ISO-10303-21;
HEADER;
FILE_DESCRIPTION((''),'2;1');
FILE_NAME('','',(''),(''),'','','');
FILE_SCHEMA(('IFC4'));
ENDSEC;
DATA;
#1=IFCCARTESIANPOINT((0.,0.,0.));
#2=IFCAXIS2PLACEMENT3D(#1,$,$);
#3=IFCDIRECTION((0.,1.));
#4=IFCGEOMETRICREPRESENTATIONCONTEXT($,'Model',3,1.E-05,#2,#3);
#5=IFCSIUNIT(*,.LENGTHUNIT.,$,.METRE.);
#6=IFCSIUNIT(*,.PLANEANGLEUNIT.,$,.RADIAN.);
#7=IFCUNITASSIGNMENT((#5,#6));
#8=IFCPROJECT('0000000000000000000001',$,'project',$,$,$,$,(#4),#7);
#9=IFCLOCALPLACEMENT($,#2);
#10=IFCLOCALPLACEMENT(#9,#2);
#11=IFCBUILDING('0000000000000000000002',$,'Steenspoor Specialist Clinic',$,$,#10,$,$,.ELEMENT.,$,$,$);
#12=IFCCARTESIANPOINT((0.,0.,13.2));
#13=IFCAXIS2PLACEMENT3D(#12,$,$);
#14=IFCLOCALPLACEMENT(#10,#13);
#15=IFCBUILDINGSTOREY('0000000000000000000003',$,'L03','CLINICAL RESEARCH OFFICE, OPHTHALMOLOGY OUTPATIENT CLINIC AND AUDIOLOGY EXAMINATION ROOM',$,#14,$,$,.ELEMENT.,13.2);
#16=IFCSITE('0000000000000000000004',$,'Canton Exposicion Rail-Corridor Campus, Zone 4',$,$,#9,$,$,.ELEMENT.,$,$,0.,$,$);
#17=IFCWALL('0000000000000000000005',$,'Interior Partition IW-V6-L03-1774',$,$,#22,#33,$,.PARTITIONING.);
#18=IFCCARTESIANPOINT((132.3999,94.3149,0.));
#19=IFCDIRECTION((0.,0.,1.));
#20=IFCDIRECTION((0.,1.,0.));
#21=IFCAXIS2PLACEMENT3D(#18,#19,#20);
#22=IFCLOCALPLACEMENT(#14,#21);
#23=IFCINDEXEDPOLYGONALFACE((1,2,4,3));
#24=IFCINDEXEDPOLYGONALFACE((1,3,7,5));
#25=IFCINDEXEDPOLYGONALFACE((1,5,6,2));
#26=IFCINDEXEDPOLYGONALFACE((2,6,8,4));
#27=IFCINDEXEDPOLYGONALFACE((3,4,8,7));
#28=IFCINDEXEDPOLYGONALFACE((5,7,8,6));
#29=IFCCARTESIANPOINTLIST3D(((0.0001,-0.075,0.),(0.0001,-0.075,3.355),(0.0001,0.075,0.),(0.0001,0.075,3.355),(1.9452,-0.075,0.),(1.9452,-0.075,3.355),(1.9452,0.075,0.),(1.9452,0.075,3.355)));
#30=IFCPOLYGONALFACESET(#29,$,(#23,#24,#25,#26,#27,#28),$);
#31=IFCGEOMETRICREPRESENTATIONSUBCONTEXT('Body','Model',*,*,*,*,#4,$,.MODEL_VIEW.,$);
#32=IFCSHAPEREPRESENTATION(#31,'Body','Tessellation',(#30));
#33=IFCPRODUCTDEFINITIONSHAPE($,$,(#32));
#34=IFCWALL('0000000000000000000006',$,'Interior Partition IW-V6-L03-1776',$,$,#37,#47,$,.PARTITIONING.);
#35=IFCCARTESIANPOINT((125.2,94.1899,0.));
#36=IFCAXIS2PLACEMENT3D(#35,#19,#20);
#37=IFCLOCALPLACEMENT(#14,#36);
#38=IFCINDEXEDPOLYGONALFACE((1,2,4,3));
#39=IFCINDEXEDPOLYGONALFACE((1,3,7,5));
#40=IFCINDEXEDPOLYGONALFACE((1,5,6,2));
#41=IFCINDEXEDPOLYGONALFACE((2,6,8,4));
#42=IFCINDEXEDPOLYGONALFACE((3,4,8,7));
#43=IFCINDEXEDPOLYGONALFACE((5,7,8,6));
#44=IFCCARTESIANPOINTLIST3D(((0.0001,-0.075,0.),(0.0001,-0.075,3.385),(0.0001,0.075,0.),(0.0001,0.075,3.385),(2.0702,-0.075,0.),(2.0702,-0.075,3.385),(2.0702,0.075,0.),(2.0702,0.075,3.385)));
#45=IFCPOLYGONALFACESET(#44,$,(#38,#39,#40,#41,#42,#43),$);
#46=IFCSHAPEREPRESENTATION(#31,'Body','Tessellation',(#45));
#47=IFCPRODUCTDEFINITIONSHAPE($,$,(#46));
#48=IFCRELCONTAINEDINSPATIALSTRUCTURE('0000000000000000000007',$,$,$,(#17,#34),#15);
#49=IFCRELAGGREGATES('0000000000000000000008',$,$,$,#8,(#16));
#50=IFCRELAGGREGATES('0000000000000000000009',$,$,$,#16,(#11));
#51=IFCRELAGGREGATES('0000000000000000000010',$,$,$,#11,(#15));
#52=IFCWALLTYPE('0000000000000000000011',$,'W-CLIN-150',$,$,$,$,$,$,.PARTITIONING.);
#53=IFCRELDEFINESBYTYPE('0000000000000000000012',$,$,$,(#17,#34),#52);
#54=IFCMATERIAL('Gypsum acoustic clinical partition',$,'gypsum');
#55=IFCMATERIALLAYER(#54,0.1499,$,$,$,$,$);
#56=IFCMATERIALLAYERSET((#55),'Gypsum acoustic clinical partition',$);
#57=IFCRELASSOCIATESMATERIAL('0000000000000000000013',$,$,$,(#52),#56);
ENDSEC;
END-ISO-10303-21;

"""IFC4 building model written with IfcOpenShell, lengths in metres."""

from ifc_helpers import new_model, si_unit, direction, frame, frame_2d, origin, place, context, subcontext, project, spatial, rectangle, extrude, material, layer, layer_set, type_object, element, save


model = new_model("IFC4")

# Units and contexts
model_context = context("Model", 3, precision=1e-05, world=origin(), true_north=direction((0.0, 1.0)))
body_context = subcontext(model_context, "Body", "Model", "MODEL_VIEW")
ifc_project = project(units=[si_unit("LENGTHUNIT", "METRE"), si_unit("PLANEANGLEUNIT", "RADIAN")], contexts=[model_context])

# Site, building, storey
site_placement = place(None, origin())
site = spatial("IfcSite", under=ifc_project, at=site_placement, Name="Canton Exposicion Rail-Corridor Campus, Zone 4", CompositionType="ELEMENT", RefElevation=0.0)
building_placement = place(site_placement, origin())
building = spatial("IfcBuilding", under=site, at=building_placement, Name="Steenspoor Specialist Clinic", CompositionType="ELEMENT")
storey_placement = place(building_placement, frame((0.0, 0.0, 13.2)))
storey = spatial("IfcBuildingStorey", under=building, at=storey_placement, Name="L03", Description="CLINICAL RESEARCH OFFICE, OPHTHALMOLOGY OUTPATIENT CLINIC AND AUDIOLOGY EXAMINATION ROOM", CompositionType="ELEMENT", Elevation=13.2)

# Shared definitions
ifc_material_1 = material(Name="Gypsum acoustic clinical partition", Category="gypsum")
ifc_layer_1 = layer(ifc_material_1, 0.1499)
ifc_layer_set_1 = layer_set([ifc_layer_1], Name="Gypsum acoustic clinical partition")
wall_type_1 = type_object("IfcWallType", Name="W-CLIN-150", PredefinedType="PARTITIONING", material=ifc_layer_set_1)

# Walls
wall_1_placement = place(storey_placement, frame((132.3999, 94.3149, 0.0), z_axis=(0.0, 0.0, 1.0), x_axis=(0.0, 1.0, 0.0)))
element("IfcWall", 1, at=wall_1_placement, inside=storey, type_object=wall_type_1, Name="Interior Partition IW-V6-L03-1774", PredefinedType="PARTITIONING", context=body_context, shape_type="SweptSolid", body=[
    extrude(rectangle(XDim=1.9451, YDim=0.1499, at=frame_2d((0.9727, 0.0))), origin(), (0.0, 0.0, 1.0), 3.355),
])
wall_2_placement = place(storey_placement, frame((125.2, 94.1899, 0.0), z_axis=(0.0, 0.0, 1.0), x_axis=(0.0, 1.0, 0.0)))
element("IfcWall", 2, at=wall_2_placement, inside=storey, type_object=wall_type_1, Name="Interior Partition IW-V6-L03-1776", PredefinedType="PARTITIONING", context=body_context, shape_type="SweptSolid", body=[
    extrude(rectangle(XDim=2.0701, YDim=0.1499, at=frame_2d((1.0352, 0.0))), origin(), (0.0, 0.0, 1.0), 3.385),
])

save(model, "model.ifc")
